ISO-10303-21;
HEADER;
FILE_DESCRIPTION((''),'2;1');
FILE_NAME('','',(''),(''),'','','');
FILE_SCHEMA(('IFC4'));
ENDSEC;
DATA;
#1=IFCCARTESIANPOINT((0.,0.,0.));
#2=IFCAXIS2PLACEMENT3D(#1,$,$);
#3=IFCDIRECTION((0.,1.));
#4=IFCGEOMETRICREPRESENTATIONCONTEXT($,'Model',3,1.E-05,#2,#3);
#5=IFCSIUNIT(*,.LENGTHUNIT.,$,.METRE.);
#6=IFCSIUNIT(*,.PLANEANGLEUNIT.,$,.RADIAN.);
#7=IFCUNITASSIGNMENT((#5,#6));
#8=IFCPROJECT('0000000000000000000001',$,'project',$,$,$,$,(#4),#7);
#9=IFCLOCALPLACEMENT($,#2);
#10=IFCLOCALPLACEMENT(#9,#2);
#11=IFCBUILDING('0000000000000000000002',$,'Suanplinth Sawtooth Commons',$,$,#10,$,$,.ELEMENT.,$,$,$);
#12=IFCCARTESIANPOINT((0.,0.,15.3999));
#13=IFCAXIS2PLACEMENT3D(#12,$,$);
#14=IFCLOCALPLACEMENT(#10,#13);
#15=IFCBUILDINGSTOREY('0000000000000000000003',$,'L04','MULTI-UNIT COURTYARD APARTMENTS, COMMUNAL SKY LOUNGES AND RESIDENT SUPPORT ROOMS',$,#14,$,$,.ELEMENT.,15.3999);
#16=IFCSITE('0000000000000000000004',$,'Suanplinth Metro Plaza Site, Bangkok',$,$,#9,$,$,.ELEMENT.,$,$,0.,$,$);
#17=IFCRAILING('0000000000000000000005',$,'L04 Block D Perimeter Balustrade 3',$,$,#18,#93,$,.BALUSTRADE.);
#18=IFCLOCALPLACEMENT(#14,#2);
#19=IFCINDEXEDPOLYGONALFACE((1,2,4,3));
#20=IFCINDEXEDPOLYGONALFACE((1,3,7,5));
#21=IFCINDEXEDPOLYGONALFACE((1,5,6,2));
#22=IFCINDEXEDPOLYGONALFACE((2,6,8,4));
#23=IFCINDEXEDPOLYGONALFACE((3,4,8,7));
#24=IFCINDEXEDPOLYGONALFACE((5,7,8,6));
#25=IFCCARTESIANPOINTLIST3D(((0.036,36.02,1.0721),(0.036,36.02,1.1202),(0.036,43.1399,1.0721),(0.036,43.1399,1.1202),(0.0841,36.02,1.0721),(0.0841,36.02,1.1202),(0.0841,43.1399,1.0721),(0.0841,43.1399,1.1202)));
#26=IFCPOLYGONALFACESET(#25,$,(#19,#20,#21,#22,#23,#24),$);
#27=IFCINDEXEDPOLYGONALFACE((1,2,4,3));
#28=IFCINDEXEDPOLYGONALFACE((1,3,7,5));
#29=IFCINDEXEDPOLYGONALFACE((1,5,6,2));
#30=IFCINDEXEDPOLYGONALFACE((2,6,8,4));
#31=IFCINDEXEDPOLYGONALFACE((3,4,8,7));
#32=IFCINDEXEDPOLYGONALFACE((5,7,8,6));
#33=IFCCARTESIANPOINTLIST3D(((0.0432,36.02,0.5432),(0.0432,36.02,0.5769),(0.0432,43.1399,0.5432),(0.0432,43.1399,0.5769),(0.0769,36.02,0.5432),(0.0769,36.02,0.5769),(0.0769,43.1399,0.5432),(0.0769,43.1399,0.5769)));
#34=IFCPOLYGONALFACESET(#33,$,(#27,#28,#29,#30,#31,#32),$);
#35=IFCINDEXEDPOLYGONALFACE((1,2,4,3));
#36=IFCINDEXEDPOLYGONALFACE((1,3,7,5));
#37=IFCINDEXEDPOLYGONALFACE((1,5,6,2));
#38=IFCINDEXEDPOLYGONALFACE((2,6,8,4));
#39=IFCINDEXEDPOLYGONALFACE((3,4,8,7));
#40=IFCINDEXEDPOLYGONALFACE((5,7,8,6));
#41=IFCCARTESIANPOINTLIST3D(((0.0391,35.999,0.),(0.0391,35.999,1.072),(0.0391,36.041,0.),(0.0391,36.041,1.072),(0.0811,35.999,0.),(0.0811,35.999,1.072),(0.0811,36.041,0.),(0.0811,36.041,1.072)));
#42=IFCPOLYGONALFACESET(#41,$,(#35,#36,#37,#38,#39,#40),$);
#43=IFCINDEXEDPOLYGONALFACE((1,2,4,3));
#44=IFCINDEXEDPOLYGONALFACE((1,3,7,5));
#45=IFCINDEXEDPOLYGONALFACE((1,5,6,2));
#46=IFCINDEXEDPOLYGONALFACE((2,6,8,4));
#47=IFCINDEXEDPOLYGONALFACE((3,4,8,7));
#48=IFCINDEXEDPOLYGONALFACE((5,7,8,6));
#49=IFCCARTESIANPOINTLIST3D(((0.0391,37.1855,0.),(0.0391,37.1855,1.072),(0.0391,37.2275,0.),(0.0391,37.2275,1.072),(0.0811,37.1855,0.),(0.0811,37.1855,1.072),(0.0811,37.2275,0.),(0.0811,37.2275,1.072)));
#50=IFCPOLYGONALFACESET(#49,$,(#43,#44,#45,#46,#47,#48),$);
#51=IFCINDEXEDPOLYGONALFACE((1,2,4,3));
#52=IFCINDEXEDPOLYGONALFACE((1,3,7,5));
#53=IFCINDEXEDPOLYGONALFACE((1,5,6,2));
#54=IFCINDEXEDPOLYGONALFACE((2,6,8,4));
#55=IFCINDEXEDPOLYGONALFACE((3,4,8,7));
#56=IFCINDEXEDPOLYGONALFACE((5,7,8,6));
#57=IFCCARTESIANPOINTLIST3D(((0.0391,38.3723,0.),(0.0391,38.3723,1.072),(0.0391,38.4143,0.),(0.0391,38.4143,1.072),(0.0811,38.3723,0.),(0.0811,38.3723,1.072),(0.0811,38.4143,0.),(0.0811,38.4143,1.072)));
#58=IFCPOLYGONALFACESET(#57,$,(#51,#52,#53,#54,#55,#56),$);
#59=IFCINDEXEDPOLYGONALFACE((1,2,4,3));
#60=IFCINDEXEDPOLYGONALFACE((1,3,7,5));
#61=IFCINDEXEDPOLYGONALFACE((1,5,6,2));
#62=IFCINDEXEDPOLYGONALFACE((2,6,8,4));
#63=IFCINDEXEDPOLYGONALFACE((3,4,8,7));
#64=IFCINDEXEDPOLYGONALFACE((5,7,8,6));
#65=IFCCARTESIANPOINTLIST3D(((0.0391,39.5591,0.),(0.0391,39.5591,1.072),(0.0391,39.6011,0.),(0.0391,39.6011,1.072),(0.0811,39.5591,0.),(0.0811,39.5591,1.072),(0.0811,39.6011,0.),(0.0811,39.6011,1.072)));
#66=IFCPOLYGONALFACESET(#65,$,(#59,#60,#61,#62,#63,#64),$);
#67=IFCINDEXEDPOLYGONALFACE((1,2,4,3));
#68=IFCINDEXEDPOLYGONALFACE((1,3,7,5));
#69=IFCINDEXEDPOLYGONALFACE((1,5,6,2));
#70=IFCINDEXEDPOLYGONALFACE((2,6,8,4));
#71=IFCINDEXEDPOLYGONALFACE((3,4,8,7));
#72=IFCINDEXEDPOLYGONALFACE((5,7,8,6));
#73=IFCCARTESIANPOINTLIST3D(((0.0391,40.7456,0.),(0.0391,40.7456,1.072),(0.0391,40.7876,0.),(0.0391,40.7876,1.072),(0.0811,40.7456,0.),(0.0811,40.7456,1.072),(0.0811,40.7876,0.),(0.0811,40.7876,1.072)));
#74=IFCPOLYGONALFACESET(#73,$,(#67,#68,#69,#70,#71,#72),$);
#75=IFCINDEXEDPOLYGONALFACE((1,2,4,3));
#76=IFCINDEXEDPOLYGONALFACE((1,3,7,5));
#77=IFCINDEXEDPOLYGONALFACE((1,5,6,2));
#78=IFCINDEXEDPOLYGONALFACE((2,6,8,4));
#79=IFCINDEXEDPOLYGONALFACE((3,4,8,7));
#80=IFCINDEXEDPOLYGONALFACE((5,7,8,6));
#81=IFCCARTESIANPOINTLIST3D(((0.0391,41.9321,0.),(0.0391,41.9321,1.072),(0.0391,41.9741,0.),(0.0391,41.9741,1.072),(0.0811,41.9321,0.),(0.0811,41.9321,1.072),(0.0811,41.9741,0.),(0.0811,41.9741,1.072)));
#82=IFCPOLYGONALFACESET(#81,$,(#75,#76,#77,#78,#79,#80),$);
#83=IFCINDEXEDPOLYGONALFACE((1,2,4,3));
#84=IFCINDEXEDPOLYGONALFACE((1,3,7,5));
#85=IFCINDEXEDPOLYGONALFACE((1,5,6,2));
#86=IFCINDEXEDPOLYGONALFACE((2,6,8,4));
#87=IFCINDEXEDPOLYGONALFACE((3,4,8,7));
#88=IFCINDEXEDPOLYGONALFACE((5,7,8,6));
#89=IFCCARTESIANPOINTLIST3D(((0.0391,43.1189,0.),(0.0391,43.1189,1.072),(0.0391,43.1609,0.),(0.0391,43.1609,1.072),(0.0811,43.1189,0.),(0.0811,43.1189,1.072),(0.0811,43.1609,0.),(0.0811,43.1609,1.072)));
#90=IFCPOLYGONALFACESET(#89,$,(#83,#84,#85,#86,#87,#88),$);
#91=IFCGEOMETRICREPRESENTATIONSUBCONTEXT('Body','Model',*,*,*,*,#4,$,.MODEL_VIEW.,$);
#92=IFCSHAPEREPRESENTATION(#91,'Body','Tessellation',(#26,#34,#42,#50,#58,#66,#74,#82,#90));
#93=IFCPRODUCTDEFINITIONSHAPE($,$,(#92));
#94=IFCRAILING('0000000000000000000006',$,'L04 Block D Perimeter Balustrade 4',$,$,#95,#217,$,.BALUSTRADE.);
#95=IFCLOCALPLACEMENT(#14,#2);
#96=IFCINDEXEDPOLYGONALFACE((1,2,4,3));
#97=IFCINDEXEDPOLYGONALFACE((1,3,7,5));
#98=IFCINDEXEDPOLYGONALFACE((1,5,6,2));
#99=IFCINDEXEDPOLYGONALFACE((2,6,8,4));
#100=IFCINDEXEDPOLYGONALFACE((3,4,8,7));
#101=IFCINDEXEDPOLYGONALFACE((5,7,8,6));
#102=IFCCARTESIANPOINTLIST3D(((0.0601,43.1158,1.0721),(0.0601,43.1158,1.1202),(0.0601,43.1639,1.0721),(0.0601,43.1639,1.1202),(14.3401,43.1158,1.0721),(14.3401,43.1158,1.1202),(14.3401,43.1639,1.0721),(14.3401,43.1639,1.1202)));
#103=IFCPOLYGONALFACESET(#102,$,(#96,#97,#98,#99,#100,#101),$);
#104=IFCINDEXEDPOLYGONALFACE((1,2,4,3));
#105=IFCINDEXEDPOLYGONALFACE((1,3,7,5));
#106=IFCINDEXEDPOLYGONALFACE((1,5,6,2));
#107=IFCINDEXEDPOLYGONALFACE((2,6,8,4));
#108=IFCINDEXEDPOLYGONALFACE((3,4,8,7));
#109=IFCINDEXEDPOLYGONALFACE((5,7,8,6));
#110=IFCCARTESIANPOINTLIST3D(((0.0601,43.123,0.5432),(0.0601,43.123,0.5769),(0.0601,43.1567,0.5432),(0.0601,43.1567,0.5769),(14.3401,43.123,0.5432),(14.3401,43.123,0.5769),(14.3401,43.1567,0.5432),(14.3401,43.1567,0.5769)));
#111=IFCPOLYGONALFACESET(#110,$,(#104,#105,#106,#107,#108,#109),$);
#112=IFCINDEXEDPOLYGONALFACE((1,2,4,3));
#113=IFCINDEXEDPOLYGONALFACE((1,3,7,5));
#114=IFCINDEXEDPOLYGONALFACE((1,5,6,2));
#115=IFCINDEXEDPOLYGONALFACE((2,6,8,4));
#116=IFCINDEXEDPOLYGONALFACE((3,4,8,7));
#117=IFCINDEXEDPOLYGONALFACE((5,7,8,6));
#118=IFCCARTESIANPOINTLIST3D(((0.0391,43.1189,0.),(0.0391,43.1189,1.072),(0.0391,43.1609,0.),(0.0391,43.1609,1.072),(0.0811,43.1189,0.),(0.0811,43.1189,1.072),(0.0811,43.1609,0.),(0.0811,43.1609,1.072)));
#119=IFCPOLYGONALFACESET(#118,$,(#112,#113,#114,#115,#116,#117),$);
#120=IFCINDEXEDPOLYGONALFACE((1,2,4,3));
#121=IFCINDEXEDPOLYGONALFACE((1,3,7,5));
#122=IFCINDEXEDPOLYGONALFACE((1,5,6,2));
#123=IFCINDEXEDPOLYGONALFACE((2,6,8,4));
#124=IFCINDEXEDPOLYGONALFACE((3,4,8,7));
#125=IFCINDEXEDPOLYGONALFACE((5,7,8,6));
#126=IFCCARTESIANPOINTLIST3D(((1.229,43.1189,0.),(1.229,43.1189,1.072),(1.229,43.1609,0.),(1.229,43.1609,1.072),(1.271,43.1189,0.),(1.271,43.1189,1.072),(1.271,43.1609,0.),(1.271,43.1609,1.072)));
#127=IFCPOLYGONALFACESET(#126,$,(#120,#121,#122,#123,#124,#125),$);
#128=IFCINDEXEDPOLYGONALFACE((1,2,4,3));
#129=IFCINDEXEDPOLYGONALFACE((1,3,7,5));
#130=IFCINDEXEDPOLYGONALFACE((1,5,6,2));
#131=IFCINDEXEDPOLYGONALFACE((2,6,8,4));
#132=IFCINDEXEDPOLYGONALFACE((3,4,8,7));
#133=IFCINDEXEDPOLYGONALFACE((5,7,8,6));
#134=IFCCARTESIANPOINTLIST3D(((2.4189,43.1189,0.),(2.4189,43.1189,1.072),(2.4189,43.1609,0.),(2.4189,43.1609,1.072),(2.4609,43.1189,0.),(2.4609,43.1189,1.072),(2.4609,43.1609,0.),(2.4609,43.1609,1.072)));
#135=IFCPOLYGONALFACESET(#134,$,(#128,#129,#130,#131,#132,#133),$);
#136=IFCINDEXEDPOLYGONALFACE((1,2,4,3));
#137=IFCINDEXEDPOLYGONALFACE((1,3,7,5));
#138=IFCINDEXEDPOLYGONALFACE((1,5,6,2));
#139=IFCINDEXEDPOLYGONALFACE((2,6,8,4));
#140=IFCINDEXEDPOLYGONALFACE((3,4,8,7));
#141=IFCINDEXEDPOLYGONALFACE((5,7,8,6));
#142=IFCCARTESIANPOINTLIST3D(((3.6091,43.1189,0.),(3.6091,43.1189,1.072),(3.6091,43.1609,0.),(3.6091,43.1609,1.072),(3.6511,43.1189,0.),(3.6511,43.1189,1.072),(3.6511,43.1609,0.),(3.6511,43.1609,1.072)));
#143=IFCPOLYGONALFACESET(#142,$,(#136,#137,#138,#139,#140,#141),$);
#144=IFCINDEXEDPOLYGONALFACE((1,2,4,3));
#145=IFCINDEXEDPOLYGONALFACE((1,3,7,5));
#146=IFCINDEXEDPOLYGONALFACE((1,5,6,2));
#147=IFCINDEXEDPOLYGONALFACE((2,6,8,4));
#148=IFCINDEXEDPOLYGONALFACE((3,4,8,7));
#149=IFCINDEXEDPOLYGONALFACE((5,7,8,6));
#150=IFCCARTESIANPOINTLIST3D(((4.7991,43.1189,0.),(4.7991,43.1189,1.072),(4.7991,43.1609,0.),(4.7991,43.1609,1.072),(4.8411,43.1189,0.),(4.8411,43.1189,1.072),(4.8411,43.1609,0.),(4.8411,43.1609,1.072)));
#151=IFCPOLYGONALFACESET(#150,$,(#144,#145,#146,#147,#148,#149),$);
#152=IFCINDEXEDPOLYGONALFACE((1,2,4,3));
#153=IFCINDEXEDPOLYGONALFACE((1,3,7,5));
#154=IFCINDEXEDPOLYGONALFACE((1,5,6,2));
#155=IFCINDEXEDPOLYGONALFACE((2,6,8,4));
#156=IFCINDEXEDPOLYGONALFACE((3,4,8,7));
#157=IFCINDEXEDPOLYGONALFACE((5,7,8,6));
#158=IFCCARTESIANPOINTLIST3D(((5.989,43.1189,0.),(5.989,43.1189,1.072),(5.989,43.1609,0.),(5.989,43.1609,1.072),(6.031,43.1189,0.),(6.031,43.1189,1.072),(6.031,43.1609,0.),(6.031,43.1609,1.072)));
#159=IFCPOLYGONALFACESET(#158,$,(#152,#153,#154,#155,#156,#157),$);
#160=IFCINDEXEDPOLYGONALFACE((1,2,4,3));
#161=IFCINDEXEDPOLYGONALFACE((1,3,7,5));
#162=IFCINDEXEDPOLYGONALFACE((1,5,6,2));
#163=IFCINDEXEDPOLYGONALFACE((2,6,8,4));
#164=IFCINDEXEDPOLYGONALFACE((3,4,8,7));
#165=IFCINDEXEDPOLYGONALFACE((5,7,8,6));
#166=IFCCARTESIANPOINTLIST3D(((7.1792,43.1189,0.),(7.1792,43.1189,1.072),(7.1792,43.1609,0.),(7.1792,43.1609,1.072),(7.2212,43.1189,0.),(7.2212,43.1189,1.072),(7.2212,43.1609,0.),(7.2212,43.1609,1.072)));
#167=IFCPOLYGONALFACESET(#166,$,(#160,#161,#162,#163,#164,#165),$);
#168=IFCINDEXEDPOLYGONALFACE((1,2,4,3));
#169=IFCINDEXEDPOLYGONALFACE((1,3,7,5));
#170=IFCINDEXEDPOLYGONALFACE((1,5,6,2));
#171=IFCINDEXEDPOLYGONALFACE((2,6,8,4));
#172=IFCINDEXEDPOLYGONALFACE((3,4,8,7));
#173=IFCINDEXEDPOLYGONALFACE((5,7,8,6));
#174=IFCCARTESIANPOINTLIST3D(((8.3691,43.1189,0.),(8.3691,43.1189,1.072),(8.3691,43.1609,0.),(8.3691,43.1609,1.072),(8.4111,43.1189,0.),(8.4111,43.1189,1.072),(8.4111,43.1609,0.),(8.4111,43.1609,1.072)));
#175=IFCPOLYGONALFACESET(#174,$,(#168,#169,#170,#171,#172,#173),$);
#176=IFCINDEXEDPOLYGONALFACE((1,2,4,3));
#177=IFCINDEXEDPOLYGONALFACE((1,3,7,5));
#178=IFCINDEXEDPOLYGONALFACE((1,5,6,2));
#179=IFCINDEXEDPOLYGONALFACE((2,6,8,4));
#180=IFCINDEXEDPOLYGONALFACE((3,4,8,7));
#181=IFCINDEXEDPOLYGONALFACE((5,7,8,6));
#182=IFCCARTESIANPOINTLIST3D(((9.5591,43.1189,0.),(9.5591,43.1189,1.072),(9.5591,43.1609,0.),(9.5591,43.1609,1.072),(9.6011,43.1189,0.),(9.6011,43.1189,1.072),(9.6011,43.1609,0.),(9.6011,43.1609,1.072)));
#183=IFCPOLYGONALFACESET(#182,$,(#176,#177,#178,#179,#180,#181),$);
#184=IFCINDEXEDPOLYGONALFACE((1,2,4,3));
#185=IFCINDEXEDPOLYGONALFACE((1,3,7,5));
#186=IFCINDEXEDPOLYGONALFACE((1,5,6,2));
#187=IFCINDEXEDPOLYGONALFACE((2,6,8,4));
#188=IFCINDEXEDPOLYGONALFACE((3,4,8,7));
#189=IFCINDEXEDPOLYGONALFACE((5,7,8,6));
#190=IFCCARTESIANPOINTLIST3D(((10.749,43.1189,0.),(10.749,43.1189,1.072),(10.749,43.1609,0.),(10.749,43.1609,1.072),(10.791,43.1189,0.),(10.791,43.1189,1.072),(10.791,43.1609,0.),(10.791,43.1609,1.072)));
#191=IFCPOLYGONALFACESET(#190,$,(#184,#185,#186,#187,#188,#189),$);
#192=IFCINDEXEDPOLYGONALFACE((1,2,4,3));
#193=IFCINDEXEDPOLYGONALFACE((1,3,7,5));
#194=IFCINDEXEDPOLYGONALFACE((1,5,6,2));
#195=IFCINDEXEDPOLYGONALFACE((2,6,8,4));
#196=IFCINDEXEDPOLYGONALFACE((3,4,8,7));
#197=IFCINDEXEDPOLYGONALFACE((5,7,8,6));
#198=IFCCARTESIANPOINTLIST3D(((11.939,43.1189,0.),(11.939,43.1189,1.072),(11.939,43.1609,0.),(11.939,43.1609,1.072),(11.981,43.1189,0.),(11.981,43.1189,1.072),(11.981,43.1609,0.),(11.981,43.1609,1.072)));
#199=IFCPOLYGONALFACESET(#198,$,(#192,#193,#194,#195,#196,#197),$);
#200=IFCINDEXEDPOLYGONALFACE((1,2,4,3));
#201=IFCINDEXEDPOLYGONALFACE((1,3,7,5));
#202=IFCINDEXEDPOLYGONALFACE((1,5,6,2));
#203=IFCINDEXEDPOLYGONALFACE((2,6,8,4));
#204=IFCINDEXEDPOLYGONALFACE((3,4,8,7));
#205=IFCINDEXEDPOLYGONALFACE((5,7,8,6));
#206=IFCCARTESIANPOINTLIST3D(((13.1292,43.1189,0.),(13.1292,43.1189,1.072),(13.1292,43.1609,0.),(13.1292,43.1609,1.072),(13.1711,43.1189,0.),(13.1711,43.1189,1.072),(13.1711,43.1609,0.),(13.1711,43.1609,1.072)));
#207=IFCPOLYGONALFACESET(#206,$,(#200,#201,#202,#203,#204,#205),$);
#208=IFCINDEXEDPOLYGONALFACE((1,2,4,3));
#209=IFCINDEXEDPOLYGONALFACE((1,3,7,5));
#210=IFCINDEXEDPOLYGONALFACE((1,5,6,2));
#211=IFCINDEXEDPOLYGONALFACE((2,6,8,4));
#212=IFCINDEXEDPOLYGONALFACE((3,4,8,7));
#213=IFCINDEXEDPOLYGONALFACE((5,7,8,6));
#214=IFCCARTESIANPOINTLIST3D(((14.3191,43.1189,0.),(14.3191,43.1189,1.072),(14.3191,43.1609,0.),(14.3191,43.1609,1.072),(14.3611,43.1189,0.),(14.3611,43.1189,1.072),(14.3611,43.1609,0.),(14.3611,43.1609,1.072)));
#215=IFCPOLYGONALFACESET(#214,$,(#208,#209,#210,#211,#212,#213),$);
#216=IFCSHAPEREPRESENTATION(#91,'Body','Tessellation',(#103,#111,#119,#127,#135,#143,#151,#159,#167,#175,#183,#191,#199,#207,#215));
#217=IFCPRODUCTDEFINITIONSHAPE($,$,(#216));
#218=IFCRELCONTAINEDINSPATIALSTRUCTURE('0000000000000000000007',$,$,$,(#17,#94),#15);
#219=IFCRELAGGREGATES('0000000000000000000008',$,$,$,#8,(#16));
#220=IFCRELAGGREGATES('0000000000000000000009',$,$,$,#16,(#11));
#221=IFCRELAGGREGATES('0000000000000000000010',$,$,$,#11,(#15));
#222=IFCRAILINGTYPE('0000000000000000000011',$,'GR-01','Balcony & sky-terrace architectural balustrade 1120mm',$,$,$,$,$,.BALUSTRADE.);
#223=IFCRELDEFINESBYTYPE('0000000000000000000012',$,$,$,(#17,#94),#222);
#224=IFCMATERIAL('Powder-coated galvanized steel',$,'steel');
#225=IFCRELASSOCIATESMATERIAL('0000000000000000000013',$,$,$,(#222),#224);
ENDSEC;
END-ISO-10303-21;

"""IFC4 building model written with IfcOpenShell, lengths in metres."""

from ifc_helpers import new_model, si_unit, direction, frame, origin, origin_2d, place, context, subcontext, project, spatial, rectangle, extrude, material, type_object, element, save


model = new_model("IFC4")

# Units and contexts
model_context = context("Model", 3, precision=1e-05, world=origin(), true_north=direction((0.0, 1.0)))
body_context = subcontext(model_context, "Body", "Model", "MODEL_VIEW")
ifc_project = project(units=[si_unit("LENGTHUNIT", "METRE"), si_unit("PLANEANGLEUNIT", "RADIAN")], contexts=[model_context])

# Site, building, storey
site_placement = place(None, origin())
site = spatial("IfcSite", under=ifc_project, at=site_placement, Name="Suanplinth Metro Plaza Site, Bangkok", CompositionType="ELEMENT", RefElevation=0.0)
building_placement = place(site_placement, origin())
building = spatial("IfcBuilding", under=site, at=building_placement, Name="Suanplinth Sawtooth Commons", CompositionType="ELEMENT")
storey_placement = place(building_placement, frame((0.0, 0.0, 15.3999)))
storey = spatial("IfcBuildingStorey", under=building, at=storey_placement, Name="L04", Description="MULTI-UNIT COURTYARD APARTMENTS, COMMUNAL SKY LOUNGES AND RESIDENT SUPPORT ROOMS", CompositionType="ELEMENT", Elevation=15.3999)

# Railings
ifc_material_1 = material(Name="Powder-coated galvanized steel", Category="steel")
railing_type = type_object("IfcRailingType", Name="GR-01", Description="Balcony & sky-terrace architectural balustrade 1120mm", PredefinedType="BALUSTRADE", material=ifc_material_1)
railing_1_placement = place(storey_placement, frame((0.0601, 36.02, 0.0)))
element("IfcRailing", 1, at=railing_1_placement, inside=storey, type_object=railing_type, Name="L04 Block D Perimeter Balustrade 3", PredefinedType="BALUSTRADE", context=body_context, shape_type="SweptSolid", body=[
    extrude(rectangle(XDim=0.0481, YDim=0.0481, at=origin_2d()), frame((0.0, 0.0, 1.0962), z_axis=(0.0, 1.0, 0.0), x_axis=(-1.0, 0.0, 0.0)), (0.0, 0.0, 1.0), 7.1199),
    extrude(rectangle(XDim=0.0337, YDim=0.0337, at=origin_2d()), frame((0.0, 0.0, 0.5601), z_axis=(0.0, 1.0, 0.0), x_axis=(-1.0, 0.0, 0.0)), (0.0, 0.0, 1.0), 7.1199),
    extrude(rectangle(XDim=0.042, YDim=0.042, at=origin_2d()), origin(), (0.0, 0.0, 1.0), 1.072),
    extrude(rectangle(XDim=0.042, YDim=0.042, at=origin_2d()), frame((0.0, 1.1865, 0.0)), (0.0, 0.0, 1.0), 1.072),
    extrude(rectangle(XDim=0.042, YDim=0.042, at=origin_2d()), frame((0.0, 2.3733, 0.0)), (0.0, 0.0, 1.0), 1.072),
    extrude(rectangle(XDim=0.042, YDim=0.042, at=origin_2d()), frame((0.0, 3.5601, 0.0)), (0.0, 0.0, 1.0), 1.072),
    extrude(rectangle(XDim=0.042, YDim=0.042, at=origin_2d()), frame((0.0, 4.7466, 0.0)), (0.0, 0.0, 1.0), 1.072),
    extrude(rectangle(XDim=0.042, YDim=0.042, at=origin_2d()), frame((0.0, 5.9331, 0.0)), (0.0, 0.0, 1.0), 1.072),
    extrude(rectangle(XDim=0.042, YDim=0.042, at=origin_2d()), frame((0.0, 7.1199, 0.0)), (0.0, 0.0, 1.0), 1.072),
])
railing_2_placement = place(storey_placement, frame((0.0601, 43.1399, 0.0)))
element("IfcRailing", 2, at=railing_2_placement, inside=storey, type_object=railing_type, Name="L04 Block D Perimeter Balustrade 4", PredefinedType="BALUSTRADE", context=body_context, shape_type="SweptSolid", body=[
    extrude(rectangle(XDim=0.0481, YDim=0.0481, at=origin_2d()), frame((0.0, 0.0, 1.0962), z_axis=(1.0, 0.0, 0.0), x_axis=(0.0, 1.0, 0.0)), (0.0, 0.0, 1.0), 14.28),
    extrude(rectangle(XDim=0.0337, YDim=0.0337, at=origin_2d()), frame((0.0, 0.0, 0.5601), z_axis=(1.0, 0.0, 0.0), x_axis=(0.0, 1.0, 0.0)), (0.0, 0.0, 1.0), 14.28),
    extrude(rectangle(XDim=0.042, YDim=0.042, at=origin_2d()), origin(), (0.0, 0.0, 1.0), 1.072),
    extrude(rectangle(XDim=0.042, YDim=0.042, at=origin_2d()), frame((1.1899, 0.0, 0.0)), (0.0, 0.0, 1.0), 1.072),
    extrude(rectangle(XDim=0.042, YDim=0.042, at=origin_2d()), frame((2.3799, 0.0, 0.0)), (0.0, 0.0, 1.0), 1.072),
    extrude(rectangle(XDim=0.042, YDim=0.042, at=origin_2d()), frame((3.5701, 0.0, 0.0)), (0.0, 0.0, 1.0), 1.072),
    extrude(rectangle(XDim=0.042, YDim=0.042, at=origin_2d()), frame((4.76, 0.0, 0.0)), (0.0, 0.0, 1.0), 1.072),
    extrude(rectangle(XDim=0.042, YDim=0.042, at=origin_2d()), frame((5.95, 0.0, 0.0)), (0.0, 0.0, 1.0), 1.072),
    extrude(rectangle(XDim=0.042, YDim=0.042, at=origin_2d()), frame((7.1401, 0.0, 0.0)), (0.0, 0.0, 1.0), 1.072),
    extrude(rectangle(XDim=0.042, YDim=0.042, at=origin_2d()), frame((8.3301, 0.0, 0.0)), (0.0, 0.0, 1.0), 1.072),
    extrude(rectangle(XDim=0.042, YDim=0.042, at=origin_2d()), frame((9.52, 0.0, 0.0)), (0.0, 0.0, 1.0), 1.072),
    extrude(rectangle(XDim=0.042, YDim=0.042, at=origin_2d()), frame((10.71, 0.0, 0.0)), (0.0, 0.0, 1.0), 1.072),
    extrude(rectangle(XDim=0.042, YDim=0.042, at=origin_2d()), frame((11.8999, 0.0, 0.0)), (0.0, 0.0, 1.0), 1.072),
    extrude(rectangle(XDim=0.042, YDim=0.042, at=origin_2d()), frame((13.0901, 0.0, 0.0)), (0.0, 0.0, 1.0), 1.072),
    extrude(rectangle(XDim=0.042, YDim=0.042, at=origin_2d()), frame((14.28, 0.0, 0.0)), (0.0, 0.0, 1.0), 1.072),
])

save(model, "model.ifc")
